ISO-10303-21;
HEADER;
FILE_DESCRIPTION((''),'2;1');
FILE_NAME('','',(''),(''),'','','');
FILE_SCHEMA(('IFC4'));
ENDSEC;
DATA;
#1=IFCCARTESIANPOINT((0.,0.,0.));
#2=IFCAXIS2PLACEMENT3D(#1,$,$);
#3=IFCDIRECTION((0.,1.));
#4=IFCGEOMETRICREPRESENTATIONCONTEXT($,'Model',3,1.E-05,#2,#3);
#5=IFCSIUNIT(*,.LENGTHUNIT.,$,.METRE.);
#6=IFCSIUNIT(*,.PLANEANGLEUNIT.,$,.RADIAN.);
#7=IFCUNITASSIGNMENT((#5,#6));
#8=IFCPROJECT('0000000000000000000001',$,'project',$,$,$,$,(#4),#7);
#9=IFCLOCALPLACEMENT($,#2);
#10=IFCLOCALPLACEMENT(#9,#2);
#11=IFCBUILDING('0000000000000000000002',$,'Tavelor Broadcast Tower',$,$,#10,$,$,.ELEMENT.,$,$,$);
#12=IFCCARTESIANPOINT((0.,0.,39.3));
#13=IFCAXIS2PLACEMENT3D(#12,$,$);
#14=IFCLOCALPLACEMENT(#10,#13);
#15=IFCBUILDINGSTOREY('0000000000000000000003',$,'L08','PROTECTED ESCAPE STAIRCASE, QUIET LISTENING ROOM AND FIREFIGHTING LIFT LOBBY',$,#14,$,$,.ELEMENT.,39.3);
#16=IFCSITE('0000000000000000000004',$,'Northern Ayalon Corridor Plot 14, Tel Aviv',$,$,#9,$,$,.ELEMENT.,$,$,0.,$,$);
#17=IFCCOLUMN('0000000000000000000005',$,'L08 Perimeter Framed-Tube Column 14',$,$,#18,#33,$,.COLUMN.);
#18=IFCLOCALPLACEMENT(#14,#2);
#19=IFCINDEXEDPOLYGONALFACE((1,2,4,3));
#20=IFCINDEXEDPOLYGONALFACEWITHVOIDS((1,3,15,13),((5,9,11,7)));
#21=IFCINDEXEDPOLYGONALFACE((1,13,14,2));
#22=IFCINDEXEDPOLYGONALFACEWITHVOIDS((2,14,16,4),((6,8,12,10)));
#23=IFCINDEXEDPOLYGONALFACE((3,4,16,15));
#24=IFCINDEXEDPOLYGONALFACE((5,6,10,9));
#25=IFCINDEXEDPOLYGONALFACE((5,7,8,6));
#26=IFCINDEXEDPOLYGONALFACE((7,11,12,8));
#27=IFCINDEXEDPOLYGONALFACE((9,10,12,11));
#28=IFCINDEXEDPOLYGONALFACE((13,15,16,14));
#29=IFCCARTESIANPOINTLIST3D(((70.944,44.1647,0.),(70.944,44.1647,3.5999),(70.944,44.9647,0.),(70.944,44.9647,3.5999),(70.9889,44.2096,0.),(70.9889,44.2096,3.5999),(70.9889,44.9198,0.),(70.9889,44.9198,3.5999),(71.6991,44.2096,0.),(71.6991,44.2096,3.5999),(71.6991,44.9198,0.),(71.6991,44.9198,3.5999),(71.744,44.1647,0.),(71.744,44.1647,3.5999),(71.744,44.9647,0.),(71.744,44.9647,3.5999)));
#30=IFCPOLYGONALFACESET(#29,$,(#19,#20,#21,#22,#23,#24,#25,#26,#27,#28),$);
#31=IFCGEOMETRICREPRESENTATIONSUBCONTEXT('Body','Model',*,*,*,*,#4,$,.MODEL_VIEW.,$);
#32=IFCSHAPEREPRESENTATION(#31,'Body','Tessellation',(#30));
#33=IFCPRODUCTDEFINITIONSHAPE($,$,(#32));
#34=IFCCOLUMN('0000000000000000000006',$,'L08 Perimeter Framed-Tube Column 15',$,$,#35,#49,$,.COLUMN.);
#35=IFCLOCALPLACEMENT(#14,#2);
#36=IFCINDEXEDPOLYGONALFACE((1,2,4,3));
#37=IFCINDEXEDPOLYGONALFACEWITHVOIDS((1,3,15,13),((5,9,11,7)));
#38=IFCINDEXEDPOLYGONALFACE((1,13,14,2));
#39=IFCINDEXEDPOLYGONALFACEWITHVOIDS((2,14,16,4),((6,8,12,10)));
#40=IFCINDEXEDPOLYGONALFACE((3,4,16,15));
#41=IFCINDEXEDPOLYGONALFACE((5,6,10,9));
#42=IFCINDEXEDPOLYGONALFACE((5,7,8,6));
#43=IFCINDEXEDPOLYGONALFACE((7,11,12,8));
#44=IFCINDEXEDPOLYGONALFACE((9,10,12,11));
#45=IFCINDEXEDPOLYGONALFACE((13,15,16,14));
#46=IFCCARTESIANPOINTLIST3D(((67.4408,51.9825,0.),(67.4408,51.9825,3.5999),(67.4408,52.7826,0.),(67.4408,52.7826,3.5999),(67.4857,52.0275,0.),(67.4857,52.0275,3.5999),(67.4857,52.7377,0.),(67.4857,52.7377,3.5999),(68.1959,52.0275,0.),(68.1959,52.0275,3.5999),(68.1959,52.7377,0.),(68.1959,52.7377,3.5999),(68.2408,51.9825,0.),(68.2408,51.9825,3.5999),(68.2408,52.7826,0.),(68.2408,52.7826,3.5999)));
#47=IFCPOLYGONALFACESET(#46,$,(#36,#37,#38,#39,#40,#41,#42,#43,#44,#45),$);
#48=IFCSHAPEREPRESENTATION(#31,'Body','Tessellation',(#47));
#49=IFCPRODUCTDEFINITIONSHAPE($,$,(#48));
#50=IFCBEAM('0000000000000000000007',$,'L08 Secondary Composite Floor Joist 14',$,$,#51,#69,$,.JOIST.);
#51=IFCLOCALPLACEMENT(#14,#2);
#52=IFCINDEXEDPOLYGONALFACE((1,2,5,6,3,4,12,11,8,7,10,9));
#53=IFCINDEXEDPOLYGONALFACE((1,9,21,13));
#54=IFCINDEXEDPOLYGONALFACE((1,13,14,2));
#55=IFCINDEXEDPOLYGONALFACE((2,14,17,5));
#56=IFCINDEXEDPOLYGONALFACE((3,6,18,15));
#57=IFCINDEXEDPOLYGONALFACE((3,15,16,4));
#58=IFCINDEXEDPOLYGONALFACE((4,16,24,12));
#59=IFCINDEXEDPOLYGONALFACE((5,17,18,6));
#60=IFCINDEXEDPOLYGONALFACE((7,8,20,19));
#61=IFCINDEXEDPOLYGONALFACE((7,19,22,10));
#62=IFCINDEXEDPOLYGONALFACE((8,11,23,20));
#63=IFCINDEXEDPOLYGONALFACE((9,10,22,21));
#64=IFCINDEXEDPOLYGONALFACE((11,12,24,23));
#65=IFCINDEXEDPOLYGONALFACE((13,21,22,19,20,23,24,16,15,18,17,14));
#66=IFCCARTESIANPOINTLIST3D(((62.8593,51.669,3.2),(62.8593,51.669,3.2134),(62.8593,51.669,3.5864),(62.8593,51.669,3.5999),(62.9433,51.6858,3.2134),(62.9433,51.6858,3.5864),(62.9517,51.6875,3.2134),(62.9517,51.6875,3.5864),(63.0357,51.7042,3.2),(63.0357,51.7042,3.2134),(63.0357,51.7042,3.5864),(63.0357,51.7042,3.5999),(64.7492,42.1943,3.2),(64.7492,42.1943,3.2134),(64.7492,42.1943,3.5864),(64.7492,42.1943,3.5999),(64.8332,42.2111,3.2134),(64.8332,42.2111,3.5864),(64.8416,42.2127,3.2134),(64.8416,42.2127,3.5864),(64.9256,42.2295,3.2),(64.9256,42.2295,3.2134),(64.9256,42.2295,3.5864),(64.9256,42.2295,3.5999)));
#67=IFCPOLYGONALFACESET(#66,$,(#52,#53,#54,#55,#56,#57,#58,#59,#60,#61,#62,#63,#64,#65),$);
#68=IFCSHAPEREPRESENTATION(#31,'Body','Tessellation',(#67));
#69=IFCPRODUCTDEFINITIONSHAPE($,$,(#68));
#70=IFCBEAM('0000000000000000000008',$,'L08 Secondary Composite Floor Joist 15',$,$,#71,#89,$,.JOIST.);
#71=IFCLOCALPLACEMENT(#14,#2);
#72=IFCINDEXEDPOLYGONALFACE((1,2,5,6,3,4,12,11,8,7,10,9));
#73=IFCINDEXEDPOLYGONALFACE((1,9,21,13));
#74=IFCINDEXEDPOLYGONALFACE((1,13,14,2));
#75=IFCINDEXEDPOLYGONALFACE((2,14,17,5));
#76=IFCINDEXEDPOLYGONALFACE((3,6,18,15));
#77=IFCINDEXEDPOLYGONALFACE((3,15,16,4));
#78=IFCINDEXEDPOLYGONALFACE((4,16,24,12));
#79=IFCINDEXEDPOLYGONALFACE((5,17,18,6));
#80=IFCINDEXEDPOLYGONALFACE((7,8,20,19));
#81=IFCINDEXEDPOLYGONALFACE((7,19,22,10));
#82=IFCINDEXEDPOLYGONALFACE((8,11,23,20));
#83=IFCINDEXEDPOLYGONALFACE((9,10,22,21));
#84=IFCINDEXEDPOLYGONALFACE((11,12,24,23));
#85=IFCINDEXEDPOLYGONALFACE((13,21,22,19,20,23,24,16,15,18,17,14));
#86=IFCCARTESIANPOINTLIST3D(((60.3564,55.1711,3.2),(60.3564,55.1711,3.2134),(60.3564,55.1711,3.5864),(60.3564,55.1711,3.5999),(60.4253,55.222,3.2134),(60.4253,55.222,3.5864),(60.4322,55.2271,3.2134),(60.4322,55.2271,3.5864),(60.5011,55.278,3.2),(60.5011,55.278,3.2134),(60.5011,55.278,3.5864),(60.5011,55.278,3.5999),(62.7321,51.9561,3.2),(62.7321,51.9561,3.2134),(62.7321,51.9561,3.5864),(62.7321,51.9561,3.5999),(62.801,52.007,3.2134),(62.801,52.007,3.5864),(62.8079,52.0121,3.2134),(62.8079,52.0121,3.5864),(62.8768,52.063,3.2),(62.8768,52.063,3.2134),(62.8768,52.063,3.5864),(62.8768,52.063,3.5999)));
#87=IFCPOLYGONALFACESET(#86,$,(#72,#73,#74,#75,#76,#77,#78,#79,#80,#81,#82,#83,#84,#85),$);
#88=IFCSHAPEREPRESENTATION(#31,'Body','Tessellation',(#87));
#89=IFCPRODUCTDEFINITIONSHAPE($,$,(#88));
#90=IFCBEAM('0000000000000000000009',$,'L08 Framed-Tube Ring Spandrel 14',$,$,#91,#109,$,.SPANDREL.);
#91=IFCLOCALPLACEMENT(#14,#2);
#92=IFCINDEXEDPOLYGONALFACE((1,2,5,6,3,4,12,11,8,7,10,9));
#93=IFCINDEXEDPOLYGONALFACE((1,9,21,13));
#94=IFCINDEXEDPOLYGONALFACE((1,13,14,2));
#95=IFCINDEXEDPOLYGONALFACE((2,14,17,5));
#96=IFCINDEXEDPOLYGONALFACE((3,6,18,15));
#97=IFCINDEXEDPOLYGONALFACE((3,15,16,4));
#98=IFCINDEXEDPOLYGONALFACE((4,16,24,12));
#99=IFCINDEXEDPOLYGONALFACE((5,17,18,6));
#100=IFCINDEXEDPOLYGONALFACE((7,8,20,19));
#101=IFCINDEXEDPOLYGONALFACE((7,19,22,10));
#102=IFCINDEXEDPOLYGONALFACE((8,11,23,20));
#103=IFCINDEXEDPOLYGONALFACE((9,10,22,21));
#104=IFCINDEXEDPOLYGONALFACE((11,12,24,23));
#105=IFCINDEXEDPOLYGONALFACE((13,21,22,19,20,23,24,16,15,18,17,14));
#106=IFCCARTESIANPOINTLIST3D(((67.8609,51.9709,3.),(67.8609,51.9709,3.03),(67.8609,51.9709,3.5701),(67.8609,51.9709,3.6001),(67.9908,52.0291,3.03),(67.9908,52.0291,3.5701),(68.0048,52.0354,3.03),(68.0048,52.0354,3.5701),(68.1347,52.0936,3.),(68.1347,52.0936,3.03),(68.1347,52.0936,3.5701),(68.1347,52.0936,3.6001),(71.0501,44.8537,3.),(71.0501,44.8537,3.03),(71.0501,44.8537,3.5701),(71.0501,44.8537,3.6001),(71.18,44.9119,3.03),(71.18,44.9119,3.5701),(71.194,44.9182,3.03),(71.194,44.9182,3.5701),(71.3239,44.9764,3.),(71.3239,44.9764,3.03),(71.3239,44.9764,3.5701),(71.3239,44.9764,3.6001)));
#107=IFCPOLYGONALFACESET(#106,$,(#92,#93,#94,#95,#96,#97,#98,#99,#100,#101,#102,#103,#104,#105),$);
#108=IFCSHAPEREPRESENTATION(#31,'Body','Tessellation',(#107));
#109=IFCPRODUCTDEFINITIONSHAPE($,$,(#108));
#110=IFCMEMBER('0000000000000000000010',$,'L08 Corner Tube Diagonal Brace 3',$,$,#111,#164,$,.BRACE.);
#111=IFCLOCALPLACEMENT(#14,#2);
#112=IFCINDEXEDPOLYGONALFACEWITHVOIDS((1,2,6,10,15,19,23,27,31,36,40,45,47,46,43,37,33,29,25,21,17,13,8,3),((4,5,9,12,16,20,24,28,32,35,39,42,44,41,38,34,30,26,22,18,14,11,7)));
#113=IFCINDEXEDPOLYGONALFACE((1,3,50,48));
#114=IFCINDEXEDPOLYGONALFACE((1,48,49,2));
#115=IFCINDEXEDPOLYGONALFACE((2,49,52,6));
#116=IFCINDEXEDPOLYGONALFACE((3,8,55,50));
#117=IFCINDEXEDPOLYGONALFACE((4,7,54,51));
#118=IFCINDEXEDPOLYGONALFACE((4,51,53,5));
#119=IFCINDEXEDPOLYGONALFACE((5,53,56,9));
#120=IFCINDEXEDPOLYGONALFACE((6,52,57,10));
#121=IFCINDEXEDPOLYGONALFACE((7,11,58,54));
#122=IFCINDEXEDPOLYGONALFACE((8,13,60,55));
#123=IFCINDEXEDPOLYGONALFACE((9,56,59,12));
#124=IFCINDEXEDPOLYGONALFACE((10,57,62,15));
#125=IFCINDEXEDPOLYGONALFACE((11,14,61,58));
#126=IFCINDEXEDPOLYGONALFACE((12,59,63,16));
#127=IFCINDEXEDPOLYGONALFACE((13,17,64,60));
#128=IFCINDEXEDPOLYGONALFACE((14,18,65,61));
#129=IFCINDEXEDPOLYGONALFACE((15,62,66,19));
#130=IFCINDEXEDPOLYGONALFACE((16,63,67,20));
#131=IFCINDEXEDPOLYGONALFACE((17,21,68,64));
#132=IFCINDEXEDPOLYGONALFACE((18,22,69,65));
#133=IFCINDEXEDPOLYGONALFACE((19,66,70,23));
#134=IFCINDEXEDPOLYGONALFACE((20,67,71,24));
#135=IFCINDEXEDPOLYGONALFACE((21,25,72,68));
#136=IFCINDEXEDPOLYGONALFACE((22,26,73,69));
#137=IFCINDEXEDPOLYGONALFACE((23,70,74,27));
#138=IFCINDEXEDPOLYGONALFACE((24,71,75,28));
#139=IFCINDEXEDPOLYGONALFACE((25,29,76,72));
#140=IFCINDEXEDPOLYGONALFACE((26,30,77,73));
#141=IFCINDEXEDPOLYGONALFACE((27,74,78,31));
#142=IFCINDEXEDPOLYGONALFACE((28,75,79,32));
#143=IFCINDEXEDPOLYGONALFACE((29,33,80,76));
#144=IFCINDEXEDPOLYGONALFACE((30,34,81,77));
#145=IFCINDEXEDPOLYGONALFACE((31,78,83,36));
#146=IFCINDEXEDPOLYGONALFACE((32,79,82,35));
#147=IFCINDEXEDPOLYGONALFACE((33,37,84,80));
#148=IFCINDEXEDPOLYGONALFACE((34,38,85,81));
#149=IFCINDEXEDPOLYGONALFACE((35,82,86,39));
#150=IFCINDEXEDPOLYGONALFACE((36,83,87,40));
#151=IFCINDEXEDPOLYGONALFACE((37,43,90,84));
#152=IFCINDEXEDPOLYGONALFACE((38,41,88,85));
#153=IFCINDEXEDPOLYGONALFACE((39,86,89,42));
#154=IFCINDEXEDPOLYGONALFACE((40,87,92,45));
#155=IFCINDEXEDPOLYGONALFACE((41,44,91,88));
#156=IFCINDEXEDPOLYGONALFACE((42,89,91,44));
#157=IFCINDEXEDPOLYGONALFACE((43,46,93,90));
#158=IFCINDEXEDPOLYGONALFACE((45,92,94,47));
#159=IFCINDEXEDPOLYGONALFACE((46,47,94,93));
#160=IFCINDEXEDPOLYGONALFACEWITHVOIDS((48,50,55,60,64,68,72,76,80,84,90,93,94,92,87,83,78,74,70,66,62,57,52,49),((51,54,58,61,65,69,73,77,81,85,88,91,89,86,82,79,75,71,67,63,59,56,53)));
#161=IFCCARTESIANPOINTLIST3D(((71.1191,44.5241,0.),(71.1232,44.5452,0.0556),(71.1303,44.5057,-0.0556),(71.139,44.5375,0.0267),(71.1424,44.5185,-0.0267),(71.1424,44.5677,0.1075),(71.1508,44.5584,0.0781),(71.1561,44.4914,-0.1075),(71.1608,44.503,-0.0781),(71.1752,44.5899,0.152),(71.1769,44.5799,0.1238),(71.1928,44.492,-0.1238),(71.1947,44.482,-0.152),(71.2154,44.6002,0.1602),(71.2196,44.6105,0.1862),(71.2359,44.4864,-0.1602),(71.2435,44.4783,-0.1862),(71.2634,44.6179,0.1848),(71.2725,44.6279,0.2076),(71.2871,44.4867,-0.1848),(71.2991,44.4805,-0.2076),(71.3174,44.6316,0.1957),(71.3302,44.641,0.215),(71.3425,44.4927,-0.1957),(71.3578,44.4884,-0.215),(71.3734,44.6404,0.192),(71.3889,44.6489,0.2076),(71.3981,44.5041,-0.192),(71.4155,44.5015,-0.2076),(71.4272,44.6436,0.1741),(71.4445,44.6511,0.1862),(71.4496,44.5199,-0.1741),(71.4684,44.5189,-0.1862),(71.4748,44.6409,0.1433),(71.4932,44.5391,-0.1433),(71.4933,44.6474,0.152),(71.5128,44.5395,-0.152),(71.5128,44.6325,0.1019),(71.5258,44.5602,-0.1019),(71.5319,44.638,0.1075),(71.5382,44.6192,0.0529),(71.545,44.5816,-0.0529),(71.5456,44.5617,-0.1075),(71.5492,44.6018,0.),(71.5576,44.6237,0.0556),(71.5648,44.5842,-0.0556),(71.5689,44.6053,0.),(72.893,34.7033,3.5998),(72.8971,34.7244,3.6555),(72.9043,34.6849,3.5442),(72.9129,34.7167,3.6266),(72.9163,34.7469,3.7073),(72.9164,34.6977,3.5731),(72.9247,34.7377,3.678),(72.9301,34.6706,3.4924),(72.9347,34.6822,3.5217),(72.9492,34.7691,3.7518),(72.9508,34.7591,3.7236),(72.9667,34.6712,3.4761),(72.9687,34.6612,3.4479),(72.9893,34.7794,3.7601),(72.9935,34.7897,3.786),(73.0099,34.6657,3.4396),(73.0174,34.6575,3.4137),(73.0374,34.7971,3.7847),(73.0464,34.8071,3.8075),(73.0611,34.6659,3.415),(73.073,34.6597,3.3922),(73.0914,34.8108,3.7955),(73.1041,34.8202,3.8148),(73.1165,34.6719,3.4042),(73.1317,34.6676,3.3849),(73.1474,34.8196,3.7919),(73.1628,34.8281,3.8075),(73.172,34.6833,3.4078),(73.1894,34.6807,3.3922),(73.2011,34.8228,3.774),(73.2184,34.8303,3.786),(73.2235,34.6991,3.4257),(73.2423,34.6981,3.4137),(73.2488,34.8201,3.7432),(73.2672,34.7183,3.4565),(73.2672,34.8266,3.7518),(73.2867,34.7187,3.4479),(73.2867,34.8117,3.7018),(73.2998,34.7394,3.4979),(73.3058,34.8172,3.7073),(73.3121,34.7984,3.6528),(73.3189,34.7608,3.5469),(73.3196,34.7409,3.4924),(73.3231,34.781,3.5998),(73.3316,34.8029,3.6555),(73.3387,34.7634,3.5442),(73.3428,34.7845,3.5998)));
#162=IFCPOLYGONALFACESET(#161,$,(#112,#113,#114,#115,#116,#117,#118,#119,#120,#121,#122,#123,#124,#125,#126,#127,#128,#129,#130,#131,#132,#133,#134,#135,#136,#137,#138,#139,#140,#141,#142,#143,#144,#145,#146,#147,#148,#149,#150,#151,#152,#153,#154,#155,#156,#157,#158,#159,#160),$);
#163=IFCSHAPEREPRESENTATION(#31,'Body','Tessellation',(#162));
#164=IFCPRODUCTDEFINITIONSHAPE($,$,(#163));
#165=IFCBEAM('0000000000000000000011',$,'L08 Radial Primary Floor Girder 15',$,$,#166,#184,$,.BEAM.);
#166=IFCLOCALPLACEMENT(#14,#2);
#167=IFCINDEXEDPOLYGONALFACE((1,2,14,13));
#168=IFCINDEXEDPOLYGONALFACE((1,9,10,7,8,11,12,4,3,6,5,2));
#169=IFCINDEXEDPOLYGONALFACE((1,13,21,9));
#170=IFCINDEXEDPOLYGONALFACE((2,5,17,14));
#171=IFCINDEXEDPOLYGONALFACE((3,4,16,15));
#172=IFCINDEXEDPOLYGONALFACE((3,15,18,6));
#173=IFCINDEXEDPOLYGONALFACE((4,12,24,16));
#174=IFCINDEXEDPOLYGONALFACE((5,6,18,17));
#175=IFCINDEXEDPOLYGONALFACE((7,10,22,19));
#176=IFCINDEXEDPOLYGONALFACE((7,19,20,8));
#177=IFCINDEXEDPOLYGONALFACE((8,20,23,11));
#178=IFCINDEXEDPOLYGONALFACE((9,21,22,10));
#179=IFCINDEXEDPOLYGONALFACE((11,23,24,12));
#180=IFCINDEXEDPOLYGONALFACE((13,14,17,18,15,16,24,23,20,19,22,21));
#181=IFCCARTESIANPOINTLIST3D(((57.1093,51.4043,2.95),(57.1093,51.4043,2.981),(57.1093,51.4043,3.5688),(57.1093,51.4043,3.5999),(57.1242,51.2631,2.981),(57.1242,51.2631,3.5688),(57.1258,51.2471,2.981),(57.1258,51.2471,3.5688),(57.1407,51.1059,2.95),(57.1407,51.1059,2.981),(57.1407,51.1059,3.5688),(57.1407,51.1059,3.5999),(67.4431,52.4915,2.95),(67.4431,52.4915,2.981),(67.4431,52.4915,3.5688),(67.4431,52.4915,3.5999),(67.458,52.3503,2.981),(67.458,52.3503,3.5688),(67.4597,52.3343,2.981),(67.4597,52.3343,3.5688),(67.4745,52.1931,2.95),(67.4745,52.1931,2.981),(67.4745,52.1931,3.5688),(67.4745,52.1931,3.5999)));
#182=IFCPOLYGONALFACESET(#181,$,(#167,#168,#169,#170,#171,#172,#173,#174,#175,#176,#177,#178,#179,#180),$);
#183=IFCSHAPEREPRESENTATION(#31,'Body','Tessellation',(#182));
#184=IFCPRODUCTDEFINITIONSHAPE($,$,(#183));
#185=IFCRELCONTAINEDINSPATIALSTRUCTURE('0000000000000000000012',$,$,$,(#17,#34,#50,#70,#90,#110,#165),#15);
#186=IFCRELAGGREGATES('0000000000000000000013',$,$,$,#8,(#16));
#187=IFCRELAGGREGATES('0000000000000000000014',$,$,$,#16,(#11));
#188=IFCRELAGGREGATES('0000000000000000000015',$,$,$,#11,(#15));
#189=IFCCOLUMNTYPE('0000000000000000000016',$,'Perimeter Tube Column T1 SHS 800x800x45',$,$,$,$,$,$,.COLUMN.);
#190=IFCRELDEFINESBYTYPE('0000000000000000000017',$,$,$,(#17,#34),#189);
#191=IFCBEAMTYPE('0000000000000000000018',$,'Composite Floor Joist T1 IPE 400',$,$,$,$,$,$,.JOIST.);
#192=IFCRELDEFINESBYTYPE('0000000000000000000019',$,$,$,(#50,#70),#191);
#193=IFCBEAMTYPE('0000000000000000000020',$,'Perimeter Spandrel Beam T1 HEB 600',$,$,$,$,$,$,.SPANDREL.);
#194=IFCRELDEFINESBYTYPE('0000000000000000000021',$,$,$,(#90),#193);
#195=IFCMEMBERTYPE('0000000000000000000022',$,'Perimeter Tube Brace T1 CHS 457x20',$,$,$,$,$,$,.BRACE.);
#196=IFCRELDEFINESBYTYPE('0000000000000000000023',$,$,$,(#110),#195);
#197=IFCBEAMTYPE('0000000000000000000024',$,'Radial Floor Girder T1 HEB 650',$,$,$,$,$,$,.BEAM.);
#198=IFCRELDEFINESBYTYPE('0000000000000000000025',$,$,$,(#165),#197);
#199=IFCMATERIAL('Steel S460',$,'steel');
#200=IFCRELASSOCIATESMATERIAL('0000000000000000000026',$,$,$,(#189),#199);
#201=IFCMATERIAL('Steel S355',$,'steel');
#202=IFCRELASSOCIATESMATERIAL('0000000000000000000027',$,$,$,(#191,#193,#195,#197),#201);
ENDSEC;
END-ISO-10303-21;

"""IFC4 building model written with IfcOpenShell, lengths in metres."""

from ifc_helpers import new_model, si_unit, direction, frame, origin, origin_2d, place, context, subcontext, project, spatial, hollow_rectangle, hollow_circle, i_section, extrude, material, material_profile, profile_set, type_object, element, save


model = new_model("IFC4")

# Units and contexts
model_context = context("Model", 3, precision=1e-05, world=origin(), true_north=direction((0.0, 1.0)))
body_context = subcontext(model_context, "Body", "Model", "MODEL_VIEW")
ifc_project = project(units=[si_unit("LENGTHUNIT", "METRE"), si_unit("PLANEANGLEUNIT", "RADIAN")], contexts=[model_context])

# Site, building, storey
site_placement = place(None, origin())
site = spatial("IfcSite", under=ifc_project, at=site_placement, Name="Northern Ayalon Corridor Plot 14, Tel Aviv", CompositionType="ELEMENT", RefElevation=0.0)
building_placement = place(site_placement, origin())
building = spatial("IfcBuilding", under=site, at=building_placement, Name="Tavelor Broadcast Tower", CompositionType="ELEMENT")
storey_placement = place(building_placement, frame((0.0, 0.0, 39.3)))
storey = spatial("IfcBuildingStorey", under=building, at=storey_placement, Name="L08", Description="PROTECTED ESCAPE STAIRCASE, QUIET LISTENING ROOM AND FIREFIGHTING LIFT LOBBY", CompositionType="ELEMENT", Elevation=39.3)

# Columns
ifc_material_1 = material(Name="Steel S460", Category="steel")
ifc_material_profile_1 = material_profile(ifc_material_1, hollow_rectangle(XDim=0.8, YDim=0.8, WallThickness=0.0449, at=origin_2d()), Name="SHS 800x800x45")
ifc_profile_set_1 = profile_set([ifc_material_profile_1], Name="Steel S460")
column_type = type_object("IfcColumnType", Name="Perimeter Tube Column T1 SHS 800x800x45", PredefinedType="COLUMN", material=ifc_profile_set_1)
for number, where, z_axis, x_axis, name in (
    (1, (71.344, 44.5647, 0.0), (0.0, 0.0, 1.0), (1.0, 0.0, 0.0), "L08 Perimeter Framed-Tube Column 14"),
    (2, (67.8408, 52.3826, 0.0), (0.0, 0.0, 1.0), (1.0, 0.0, 0.0), "L08 Perimeter Framed-Tube Column 15"),
):
    element("IfcColumn", number, at=place(storey_placement, frame(where, z_axis=z_axis, x_axis=x_axis)), inside=storey, type_object=column_type, Name=name, PredefinedType="COLUMN", context=body_context, shape_type="SweptSolid", body=[
        extrude(hollow_rectangle(XDim=0.8, YDim=0.8, WallThickness=0.0449, at=origin_2d()), origin(), (0.0, 0.0, 1.0), 3.5999),
    ])

# Beams
ifc_material_2 = material(Name="Steel S355", Category="steel")
ifc_material_profile_2 = material_profile(ifc_material_2, i_section(OverallWidth=0.1799, OverallDepth=0.3999, WebThickness=0.0085, FlangeThickness=0.0134, at=origin_2d()), Name="IPE 400")
ifc_profile_set_2 = profile_set([ifc_material_profile_2], Name="Steel S355")
beam_type_1 = type_object("IfcBeamType", Name="Composite Floor Joist T1 IPE 400", PredefinedType="JOIST", material=ifc_profile_set_2)
beam_1_placement = place(storey_placement, frame((64.8374, 42.2119, 3.3999), z_axis=(-0.195616, 0.980681, 0.0), x_axis=(-0.980681, -0.195616, 0.0)))
element("IfcBeam", 3, at=beam_1_placement, inside=storey, type_object=beam_type_1, Name="L08 Secondary Composite Floor Joist 14", PredefinedType="JOIST", context=body_context, shape_type="SweptSolid", body=[
    extrude(i_section(OverallWidth=0.1799, OverallDepth=0.3999, WebThickness=0.0085, FlangeThickness=0.0134, at=origin_2d()), origin(), (0.0, 0.0, 1.0), 9.6614),
])
beam_2_placement = place(storey_placement, frame((62.8044, 52.0095, 3.3999), z_axis=(-0.594288, 0.804252, 0.0), x_axis=(-0.804252, -0.594288, 0.0)))
element("IfcBeam", 4, at=beam_2_placement, inside=storey, type_object=beam_type_1, Name="L08 Secondary Composite Floor Joist 15", PredefinedType="JOIST", context=body_context, shape_type="SweptSolid", body=[
    extrude(i_section(OverallWidth=0.1799, OverallDepth=0.3999, WebThickness=0.0085, FlangeThickness=0.0134, at=origin_2d()), origin(), (0.0, 0.0, 1.0), 3.9976),
])
ifc_material_profile_3 = material_profile(ifc_material_2, i_section(OverallWidth=0.3, OverallDepth=0.6001, WebThickness=0.0154, FlangeThickness=0.03, at=origin_2d()), Name="HEB 600")
ifc_profile_set_3 = profile_set([ifc_material_profile_3], Name="Steel S355")
beam_type_2 = type_object("IfcBeamType", Name="Perimeter Spandrel Beam T1 HEB 600", PredefinedType="SPANDREL", material=ifc_profile_set_3)
beam_3_placement = place(storey_placement, frame((71.187, 44.915, 3.3), z_axis=(-0.408922, 0.912569, 0.0), x_axis=(-0.912569, -0.408922, 0.0)))
element("IfcBeam", 5, at=beam_3_placement, inside=storey, type_object=beam_type_2, Name="L08 Framed-Tube Ring Spandrel 14", PredefinedType="SPANDREL", context=body_context, shape_type="SweptSolid", body=[
    extrude(i_section(OverallWidth=0.3, OverallDepth=0.6001, WebThickness=0.0154, FlangeThickness=0.03, at=origin_2d()), origin(), (0.0, 0.0, 1.0), 7.7991),
])

# Member
ifc_material_profile_4 = material_profile(ifc_material_2, hollow_circle(Radius=0.2285, WallThickness=0.02, at=origin_2d()), Name="CHS 457x20")
ifc_profile_set_4 = profile_set([ifc_material_profile_4], Name="Steel S355")
member_type_1 = type_object("IfcMemberType", Name="Perimeter Tube Brace T1 CHS 457x20", PredefinedType="BRACE", material=ifc_profile_set_4)
member_1_placement = place(storey_placement, frame((71.344, 44.5647, 0.0), z_axis=(0.167207, -0.925692, 0.339316), x_axis=(0.984075, 0.177753, 0.0)))
element("IfcMember", 6, at=member_1_placement, inside=storey, type_object=member_type_1, Name="L08 Corner Tube Diagonal Brace 3", PredefinedType="BRACE", context=body_context, shape_type="SweptSolid", body=[
    extrude(hollow_circle(Radius=0.2285, WallThickness=0.02, at=origin_2d()), origin(), (0.0, 0.0, 1.0), 10.6091),
])

# Beam
ifc_material_profile_5 = material_profile(ifc_material_2, i_section(OverallWidth=0.3, OverallDepth=0.6499, WebThickness=0.0161, FlangeThickness=0.031, at=origin_2d()), Name="HEB 650")
ifc_profile_set_5 = profile_set([ifc_material_profile_5], Name="Steel S355")
beam_type_3 = type_object("IfcBeamType", Name="Radial Floor Girder T1 HEB 650", PredefinedType="BEAM", material=ifc_profile_set_5)
beam_4_placement = place(storey_placement, frame((57.125, 51.2551, 3.2749), z_axis=(0.994512, 0.104627, 0.0), x_axis=(-0.104627, 0.994512, 0.0)))
element("IfcBeam", 7, at=beam_4_placement, inside=storey, type_object=beam_type_3, Name="L08 Radial Primary Floor Girder 15", PredefinedType="BEAM", context=body_context, shape_type="SweptSolid", body=[
    extrude(i_section(OverallWidth=0.3, OverallDepth=0.6499, WebThickness=0.0161, FlangeThickness=0.031, at=origin_2d()), origin(), (0.0, 0.0, 1.0), 10.3909),
])

save(model, "model.ifc")
